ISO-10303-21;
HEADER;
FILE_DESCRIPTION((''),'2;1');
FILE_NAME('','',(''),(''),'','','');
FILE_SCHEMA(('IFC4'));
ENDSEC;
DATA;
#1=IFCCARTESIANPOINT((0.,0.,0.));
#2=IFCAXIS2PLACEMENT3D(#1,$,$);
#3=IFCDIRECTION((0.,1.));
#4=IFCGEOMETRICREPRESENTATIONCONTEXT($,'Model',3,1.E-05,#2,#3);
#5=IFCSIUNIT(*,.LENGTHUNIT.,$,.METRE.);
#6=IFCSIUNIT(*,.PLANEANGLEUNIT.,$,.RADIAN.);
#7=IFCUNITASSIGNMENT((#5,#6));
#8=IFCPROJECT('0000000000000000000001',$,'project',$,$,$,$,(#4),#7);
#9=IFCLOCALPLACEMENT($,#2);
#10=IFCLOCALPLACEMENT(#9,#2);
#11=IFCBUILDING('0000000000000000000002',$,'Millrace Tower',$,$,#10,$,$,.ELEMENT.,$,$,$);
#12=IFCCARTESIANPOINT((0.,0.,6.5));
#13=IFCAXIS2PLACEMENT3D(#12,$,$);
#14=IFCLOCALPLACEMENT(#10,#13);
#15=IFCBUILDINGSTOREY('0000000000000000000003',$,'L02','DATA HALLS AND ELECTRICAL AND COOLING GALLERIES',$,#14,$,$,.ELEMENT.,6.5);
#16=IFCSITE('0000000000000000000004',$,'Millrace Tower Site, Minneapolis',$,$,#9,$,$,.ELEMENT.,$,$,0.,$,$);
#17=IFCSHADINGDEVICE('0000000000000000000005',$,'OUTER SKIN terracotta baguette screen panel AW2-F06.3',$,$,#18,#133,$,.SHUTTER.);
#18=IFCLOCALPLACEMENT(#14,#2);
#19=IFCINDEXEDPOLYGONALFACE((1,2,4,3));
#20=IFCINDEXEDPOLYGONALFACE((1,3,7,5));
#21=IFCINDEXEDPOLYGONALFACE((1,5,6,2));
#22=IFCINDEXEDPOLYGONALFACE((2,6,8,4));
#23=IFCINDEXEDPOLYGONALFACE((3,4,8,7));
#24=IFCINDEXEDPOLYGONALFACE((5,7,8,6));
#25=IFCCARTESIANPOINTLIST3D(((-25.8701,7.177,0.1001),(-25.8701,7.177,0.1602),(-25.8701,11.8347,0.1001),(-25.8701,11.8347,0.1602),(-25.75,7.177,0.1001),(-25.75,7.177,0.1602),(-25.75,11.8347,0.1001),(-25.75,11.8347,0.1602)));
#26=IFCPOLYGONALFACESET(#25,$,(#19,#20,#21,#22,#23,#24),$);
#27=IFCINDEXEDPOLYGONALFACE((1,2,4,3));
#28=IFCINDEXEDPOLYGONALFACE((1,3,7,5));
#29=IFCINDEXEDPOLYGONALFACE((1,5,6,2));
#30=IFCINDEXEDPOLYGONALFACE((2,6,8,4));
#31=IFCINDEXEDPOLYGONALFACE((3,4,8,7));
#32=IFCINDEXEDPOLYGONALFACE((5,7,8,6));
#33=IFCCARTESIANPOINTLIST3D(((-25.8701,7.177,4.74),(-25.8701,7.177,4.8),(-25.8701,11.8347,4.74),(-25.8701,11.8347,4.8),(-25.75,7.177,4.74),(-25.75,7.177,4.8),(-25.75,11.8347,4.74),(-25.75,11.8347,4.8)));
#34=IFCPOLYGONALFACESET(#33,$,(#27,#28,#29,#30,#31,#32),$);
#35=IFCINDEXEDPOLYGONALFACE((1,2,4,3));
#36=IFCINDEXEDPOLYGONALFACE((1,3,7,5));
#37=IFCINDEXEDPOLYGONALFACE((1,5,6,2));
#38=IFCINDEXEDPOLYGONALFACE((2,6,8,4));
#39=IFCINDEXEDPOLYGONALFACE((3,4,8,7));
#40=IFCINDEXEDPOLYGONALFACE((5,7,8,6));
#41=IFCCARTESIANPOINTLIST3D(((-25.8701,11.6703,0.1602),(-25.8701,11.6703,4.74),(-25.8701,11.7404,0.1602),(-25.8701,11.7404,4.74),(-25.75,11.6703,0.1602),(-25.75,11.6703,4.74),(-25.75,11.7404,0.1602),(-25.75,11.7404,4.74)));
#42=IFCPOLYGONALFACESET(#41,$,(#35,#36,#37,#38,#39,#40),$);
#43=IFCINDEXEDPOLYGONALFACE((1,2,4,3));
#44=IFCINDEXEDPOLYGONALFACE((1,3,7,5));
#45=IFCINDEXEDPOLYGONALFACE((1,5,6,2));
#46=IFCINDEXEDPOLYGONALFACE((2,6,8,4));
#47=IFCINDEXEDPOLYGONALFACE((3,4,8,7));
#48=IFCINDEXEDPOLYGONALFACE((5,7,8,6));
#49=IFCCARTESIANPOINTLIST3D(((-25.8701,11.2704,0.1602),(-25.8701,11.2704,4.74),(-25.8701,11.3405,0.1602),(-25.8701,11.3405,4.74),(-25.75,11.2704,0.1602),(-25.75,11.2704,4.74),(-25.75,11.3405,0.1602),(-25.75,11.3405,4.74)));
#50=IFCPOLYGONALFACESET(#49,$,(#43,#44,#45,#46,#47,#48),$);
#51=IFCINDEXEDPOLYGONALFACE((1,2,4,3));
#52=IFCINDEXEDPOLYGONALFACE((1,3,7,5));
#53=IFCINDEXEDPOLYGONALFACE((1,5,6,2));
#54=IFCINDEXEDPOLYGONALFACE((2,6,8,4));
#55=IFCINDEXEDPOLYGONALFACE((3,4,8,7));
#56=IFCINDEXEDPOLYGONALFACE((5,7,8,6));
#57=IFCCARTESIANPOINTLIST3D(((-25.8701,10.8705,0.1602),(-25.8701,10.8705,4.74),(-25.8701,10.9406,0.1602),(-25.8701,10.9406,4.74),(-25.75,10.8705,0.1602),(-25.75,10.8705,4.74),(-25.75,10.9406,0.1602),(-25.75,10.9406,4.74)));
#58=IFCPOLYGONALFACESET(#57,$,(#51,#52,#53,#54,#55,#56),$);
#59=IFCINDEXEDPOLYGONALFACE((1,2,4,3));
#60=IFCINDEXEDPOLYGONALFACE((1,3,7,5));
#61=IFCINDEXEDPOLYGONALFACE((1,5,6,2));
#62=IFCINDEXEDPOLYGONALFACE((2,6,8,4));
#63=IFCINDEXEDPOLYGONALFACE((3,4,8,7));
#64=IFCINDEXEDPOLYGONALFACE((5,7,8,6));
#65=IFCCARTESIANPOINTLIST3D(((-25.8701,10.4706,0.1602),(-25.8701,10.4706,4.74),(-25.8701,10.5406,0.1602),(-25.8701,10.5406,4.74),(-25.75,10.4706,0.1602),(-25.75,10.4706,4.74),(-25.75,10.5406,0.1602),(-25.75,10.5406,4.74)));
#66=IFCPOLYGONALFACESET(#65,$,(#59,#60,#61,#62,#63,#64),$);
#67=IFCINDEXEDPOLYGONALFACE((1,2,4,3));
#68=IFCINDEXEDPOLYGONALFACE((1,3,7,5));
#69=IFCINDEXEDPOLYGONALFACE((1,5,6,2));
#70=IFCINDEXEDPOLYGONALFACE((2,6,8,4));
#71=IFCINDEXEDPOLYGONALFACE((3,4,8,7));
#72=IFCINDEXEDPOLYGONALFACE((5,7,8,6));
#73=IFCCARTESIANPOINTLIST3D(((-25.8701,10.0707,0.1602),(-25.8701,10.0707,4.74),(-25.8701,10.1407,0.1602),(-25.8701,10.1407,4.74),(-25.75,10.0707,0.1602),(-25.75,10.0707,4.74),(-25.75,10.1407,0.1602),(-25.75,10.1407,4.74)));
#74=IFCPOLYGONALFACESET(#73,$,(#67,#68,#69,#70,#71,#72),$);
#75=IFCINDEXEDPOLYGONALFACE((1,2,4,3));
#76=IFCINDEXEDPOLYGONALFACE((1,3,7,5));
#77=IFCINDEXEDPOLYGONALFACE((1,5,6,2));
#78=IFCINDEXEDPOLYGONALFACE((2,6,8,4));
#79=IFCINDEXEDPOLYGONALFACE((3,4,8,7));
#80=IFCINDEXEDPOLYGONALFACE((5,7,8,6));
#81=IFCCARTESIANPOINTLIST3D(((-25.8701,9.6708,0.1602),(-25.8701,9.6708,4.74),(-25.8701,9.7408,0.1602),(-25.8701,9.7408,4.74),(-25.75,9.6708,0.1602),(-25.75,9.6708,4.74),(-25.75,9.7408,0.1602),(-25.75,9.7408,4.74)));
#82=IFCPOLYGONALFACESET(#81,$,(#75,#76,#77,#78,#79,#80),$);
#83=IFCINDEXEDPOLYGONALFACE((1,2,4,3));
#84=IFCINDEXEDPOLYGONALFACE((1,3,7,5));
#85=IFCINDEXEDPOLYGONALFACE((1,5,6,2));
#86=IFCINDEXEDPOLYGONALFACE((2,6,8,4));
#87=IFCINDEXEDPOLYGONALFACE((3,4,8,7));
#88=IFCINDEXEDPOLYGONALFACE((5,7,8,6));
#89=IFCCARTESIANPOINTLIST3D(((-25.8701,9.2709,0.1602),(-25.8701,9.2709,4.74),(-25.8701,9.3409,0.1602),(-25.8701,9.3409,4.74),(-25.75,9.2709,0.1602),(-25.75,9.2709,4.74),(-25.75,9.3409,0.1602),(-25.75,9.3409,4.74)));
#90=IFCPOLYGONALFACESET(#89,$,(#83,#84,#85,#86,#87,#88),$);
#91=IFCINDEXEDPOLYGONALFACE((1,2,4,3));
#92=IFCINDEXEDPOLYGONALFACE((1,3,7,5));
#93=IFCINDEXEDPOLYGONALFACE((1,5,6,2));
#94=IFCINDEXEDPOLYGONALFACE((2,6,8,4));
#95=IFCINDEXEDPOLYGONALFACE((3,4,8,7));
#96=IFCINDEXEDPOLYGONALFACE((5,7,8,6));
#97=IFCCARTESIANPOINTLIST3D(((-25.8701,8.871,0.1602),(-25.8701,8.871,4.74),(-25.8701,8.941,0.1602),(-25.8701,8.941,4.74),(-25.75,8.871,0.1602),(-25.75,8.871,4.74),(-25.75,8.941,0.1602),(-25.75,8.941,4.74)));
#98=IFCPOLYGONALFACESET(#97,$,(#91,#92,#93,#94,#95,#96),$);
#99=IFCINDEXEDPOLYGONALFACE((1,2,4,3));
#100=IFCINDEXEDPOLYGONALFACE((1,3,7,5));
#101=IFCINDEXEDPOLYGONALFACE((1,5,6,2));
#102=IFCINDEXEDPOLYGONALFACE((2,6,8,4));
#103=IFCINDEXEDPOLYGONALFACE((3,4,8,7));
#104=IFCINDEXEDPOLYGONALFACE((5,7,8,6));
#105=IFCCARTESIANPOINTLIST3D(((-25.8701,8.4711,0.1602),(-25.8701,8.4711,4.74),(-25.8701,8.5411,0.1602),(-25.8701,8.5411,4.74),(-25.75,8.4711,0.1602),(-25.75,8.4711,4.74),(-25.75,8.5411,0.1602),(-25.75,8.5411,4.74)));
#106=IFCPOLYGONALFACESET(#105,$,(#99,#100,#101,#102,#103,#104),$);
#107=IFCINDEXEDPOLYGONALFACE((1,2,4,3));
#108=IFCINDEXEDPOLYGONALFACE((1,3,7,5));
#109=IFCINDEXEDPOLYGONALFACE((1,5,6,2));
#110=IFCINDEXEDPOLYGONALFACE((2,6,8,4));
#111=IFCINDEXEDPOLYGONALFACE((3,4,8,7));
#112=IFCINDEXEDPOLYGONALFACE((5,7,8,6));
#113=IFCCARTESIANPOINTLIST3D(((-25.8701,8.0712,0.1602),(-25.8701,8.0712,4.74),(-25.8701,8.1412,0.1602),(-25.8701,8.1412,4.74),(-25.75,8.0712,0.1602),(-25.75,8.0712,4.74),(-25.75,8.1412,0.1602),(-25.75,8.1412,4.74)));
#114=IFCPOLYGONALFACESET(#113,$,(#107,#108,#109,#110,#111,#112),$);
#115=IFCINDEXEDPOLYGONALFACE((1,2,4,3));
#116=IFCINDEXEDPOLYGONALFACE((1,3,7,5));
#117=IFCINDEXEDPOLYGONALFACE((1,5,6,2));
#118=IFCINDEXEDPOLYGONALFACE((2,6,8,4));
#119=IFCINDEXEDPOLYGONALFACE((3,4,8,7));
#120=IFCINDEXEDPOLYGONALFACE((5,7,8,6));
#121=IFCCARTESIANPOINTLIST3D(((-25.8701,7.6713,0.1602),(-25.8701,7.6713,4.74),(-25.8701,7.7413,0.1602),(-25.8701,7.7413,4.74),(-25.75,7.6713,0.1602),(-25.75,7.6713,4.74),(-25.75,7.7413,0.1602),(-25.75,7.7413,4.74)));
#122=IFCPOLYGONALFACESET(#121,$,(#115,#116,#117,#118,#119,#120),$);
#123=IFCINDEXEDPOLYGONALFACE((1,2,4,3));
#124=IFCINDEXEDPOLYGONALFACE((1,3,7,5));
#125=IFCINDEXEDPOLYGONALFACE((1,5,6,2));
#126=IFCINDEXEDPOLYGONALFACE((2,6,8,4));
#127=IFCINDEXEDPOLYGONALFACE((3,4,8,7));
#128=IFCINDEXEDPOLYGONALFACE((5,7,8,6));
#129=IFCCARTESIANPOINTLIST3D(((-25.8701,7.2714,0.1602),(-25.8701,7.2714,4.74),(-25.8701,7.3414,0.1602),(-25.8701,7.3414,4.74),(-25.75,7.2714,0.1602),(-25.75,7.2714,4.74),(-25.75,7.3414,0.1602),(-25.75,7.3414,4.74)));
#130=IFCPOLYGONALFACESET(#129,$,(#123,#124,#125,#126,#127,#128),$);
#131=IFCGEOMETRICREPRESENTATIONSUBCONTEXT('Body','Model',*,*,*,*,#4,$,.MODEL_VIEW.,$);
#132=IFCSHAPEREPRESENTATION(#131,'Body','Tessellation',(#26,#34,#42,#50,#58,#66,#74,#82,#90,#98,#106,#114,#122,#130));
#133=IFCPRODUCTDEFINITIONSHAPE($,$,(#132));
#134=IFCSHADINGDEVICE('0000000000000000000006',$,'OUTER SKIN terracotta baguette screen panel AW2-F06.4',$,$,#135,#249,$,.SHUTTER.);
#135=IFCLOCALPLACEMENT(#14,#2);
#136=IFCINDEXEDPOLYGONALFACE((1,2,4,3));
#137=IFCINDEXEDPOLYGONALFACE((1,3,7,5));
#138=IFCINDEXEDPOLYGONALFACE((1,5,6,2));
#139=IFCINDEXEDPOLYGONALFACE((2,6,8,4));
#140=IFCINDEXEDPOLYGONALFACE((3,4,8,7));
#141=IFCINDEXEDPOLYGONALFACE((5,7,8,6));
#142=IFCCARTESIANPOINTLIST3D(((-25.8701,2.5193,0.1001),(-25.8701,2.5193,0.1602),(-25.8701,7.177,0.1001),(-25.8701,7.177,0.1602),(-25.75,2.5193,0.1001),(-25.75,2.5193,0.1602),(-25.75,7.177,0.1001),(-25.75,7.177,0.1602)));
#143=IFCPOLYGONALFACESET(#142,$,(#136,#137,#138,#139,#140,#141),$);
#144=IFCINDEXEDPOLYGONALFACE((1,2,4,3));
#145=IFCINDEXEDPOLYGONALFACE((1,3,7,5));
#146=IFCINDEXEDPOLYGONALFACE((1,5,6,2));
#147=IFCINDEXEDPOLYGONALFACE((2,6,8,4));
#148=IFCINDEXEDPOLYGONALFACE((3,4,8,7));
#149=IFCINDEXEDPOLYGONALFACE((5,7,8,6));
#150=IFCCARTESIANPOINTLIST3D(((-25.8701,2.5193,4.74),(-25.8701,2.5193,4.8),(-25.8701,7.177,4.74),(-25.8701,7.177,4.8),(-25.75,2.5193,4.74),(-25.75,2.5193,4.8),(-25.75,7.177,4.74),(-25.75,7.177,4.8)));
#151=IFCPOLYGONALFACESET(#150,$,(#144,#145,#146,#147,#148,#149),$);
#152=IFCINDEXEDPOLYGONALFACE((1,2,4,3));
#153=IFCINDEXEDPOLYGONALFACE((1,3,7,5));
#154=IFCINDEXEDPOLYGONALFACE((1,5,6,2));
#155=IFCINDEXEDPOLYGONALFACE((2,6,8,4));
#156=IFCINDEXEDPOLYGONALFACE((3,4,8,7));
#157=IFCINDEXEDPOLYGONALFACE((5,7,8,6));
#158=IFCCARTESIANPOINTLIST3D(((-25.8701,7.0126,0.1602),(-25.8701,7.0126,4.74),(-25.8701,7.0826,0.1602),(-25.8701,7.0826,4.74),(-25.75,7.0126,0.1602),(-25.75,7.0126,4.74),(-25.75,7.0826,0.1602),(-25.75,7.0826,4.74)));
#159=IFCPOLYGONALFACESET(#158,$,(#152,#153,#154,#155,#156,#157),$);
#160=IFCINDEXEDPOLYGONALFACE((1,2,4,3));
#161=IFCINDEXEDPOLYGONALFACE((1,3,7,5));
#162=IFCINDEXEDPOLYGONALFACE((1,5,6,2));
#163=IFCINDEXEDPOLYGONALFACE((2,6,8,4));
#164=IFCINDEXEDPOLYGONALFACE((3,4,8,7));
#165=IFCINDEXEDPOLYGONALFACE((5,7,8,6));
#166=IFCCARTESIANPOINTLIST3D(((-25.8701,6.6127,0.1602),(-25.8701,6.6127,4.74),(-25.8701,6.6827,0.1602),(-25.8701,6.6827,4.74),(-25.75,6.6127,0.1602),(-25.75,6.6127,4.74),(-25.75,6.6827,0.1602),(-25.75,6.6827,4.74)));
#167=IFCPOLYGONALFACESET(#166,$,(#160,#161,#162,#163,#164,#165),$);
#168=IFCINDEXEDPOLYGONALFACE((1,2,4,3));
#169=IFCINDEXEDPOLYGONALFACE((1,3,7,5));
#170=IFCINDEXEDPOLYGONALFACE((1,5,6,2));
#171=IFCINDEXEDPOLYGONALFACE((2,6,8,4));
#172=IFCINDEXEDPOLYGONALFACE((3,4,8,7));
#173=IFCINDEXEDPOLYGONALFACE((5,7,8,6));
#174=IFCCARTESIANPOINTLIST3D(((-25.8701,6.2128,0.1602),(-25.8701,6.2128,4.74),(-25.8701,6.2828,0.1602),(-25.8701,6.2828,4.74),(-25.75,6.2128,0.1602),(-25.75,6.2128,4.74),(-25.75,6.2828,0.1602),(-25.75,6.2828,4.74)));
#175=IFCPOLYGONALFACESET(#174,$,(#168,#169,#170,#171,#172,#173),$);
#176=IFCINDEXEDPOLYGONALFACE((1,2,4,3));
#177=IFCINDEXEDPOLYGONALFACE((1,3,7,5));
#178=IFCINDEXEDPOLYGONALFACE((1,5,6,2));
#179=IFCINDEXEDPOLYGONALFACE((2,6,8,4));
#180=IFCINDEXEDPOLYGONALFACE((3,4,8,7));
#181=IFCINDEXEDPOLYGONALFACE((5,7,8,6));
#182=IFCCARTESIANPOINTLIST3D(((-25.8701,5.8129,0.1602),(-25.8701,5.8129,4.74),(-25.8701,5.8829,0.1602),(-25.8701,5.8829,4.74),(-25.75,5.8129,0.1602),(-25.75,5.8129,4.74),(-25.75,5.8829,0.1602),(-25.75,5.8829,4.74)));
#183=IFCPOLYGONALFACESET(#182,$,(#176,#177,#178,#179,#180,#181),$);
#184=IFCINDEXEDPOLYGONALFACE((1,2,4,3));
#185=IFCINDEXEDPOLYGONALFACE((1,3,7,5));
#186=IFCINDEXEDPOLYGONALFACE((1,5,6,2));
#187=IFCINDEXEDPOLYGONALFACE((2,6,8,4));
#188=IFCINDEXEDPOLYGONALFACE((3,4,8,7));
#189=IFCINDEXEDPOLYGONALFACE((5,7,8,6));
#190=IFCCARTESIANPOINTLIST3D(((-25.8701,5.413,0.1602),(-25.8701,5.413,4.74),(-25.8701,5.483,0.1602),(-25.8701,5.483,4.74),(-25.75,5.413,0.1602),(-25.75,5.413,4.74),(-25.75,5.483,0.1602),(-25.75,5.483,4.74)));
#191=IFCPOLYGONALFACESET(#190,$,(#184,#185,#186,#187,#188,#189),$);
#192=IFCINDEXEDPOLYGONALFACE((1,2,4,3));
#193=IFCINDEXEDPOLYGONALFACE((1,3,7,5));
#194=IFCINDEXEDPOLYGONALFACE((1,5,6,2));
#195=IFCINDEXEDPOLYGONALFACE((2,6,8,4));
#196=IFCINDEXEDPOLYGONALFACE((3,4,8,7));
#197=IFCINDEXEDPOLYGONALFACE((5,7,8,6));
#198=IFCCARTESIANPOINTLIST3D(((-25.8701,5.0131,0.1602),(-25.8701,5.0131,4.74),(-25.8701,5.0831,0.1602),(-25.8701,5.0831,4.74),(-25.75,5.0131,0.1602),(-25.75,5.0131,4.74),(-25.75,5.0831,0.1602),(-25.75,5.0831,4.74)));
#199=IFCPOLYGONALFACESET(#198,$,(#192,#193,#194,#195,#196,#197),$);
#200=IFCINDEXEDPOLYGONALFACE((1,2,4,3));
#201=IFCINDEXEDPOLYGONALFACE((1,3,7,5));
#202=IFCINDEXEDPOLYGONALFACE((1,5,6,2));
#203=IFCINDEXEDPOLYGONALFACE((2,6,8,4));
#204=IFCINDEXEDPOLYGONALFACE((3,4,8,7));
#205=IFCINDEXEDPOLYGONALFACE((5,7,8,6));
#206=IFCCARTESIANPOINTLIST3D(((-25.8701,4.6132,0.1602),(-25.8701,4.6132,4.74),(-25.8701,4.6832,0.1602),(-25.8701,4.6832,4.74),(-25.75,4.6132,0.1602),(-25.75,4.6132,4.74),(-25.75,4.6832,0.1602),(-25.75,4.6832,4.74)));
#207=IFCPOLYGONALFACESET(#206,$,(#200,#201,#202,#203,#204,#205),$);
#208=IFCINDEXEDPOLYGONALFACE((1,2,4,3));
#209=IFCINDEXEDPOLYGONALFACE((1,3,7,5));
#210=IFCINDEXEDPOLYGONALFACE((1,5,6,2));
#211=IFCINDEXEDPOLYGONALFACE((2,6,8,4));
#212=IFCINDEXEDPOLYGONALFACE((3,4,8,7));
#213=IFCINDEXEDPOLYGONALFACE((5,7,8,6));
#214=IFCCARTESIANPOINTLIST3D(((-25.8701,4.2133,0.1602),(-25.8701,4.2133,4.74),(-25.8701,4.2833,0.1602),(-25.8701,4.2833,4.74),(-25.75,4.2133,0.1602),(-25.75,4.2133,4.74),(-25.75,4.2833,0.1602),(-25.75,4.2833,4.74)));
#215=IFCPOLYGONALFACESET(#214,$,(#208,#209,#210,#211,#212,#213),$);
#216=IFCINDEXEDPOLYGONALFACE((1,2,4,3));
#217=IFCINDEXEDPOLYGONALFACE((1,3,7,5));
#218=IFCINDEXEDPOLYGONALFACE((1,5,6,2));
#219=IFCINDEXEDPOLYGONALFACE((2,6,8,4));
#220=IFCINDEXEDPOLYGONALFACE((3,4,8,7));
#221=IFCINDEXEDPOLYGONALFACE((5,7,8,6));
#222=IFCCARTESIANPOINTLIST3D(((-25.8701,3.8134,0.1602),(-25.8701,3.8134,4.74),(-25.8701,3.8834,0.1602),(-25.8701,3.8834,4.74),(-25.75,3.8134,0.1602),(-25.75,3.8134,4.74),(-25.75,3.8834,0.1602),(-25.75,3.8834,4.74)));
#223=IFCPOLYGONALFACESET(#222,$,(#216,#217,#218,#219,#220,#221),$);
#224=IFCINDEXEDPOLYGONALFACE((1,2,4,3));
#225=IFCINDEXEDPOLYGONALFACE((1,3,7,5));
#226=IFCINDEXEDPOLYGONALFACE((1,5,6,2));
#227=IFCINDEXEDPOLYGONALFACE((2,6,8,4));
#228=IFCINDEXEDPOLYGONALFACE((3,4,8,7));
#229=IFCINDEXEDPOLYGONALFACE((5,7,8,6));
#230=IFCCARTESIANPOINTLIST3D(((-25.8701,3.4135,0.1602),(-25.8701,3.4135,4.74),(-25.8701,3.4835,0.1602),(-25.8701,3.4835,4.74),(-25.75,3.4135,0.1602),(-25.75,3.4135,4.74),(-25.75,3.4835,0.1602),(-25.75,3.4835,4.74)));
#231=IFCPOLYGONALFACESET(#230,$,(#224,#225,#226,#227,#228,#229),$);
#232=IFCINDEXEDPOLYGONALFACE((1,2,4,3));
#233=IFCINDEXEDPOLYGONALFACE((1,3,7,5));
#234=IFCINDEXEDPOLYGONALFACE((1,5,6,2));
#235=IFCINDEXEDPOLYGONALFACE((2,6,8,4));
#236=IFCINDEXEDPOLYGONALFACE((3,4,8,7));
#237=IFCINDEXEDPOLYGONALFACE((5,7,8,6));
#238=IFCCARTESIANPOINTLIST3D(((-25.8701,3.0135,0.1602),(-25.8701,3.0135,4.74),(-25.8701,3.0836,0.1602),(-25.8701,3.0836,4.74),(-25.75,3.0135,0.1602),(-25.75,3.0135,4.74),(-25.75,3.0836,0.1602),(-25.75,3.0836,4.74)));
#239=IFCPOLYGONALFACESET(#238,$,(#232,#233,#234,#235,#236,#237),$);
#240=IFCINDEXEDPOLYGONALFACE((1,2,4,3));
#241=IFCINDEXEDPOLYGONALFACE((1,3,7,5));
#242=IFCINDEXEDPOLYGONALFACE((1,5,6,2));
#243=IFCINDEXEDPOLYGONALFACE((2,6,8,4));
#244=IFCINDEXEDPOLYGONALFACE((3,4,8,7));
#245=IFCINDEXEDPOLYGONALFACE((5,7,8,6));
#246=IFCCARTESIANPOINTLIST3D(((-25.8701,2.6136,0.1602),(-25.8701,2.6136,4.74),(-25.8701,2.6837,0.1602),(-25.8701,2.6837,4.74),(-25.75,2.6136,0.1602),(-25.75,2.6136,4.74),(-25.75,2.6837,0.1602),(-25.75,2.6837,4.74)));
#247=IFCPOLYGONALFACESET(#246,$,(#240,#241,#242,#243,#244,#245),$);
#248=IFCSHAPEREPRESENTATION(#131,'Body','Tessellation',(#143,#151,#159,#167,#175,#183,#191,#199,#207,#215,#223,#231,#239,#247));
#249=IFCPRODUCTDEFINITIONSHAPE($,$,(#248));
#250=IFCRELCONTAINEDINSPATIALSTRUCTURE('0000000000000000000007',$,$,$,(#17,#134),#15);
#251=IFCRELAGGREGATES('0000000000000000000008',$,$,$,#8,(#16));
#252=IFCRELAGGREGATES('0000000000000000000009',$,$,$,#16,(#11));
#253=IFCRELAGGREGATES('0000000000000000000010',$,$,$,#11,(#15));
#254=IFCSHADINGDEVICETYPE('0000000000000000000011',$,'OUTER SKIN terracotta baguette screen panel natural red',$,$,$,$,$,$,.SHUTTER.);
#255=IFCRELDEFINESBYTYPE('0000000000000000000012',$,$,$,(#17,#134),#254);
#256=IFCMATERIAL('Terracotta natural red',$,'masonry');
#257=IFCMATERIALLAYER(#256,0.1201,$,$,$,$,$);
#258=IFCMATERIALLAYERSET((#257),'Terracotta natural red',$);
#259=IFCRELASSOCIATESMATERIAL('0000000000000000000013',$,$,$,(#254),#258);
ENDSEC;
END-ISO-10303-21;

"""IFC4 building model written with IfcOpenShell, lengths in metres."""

from ifc_helpers import new_model, entity, si_unit, direction, frame, frame_2d, origin, place, context, subcontext, project, spatial, rectangle, extrude, source, transform, mapped, material, layer, layer_set, type_object, element, save


model = new_model("IFC4")

# Units and contexts
model_context = context("Model", 3, precision=1e-05, world=origin(), true_north=direction((0.0, 1.0)))
body_context = subcontext(model_context, "Body", "Model", "MODEL_VIEW")
ifc_project = project(units=[si_unit("LENGTHUNIT", "METRE"), si_unit("PLANEANGLEUNIT", "RADIAN")], contexts=[model_context])

# Site, building, storey
site_placement = place(None, origin())
site = spatial("IfcSite", under=ifc_project, at=site_placement, Name="Millrace Tower Site, Minneapolis", CompositionType="ELEMENT", RefElevation=0.0)
building_placement = place(site_placement, origin())
building = spatial("IfcBuilding", under=site, at=building_placement, Name="Millrace Tower", CompositionType="ELEMENT")
storey_placement = place(building_placement, frame((0.0, 0.0, 6.5)))
storey = spatial("IfcBuildingStorey", under=building, at=storey_placement, Name="L02", Description="DATA HALLS AND ELECTRICAL AND COOLING GALLERIES", CompositionType="ELEMENT", Elevation=6.5)

# Shading devices
cartesian_point = entity("IfcCartesianPoint", [-2.3289, 0.0601])
shared_polyline = entity("IfcPolyline", [cartesian_point, entity("IfcCartesianPoint", [2.3289, 0.0601]), entity("IfcCartesianPoint", [2.3289, -0.0601]), entity("IfcCartesianPoint", [-2.3289, -0.0601]), cartesian_point])
ifc_material_1 = material(Name="Terracotta natural red", Category="masonry")
ifc_layer_1 = layer(ifc_material_1, 0.1201)
ifc_layer_set_1 = layer_set([ifc_layer_1], Name="Terracotta natural red")
shading_device_type_1 = type_object("IfcShadingDeviceType", Name="OUTER SKIN terracotta baguette screen panel natural red", PredefinedType="SHUTTER", material=ifc_layer_set_1)
shared_shape_1 = source(origin(), body_context, "Body", "SweptSolid", [
    entity("IfcExtrudedAreaSolid", entity("IfcArbitraryClosedProfileDef", "AREA", None, shared_polyline), entity("IfcAxis2Placement3D", entity("IfcCartesianPoint", [0.0, 0.0, 0.0])), entity("IfcDirection", [0.0, 0.0, 1.0]), 0.0601),
    entity("IfcExtrudedAreaSolid", entity("IfcArbitraryClosedProfileDef", "AREA", None, shared_polyline), entity("IfcAxis2Placement3D", entity("IfcCartesianPoint", [0.0, 0.0, 4.6399])), entity("IfcDirection", [0.0, 0.0, 1.0]), 0.0601),
    extrude(rectangle(XDim=0.0701, YDim=0.1201, at=frame_2d((-2.1995, 0.0))), frame((0.0, 0.0, 0.0601)), (0.0, 0.0, 1.0), 4.5798),
    extrude(rectangle(XDim=0.0701, YDim=0.1201, at=frame_2d((-1.7996, 0.0))), frame((0.0, 0.0, 0.0601)), (0.0, 0.0, 1.0), 4.5798),
    extrude(rectangle(XDim=0.0701, YDim=0.1201, at=frame_2d((-1.3997, 0.0))), frame((0.0, 0.0, 0.0601)), (0.0, 0.0, 1.0), 4.5798),
    extrude(rectangle(XDim=0.0701, YDim=0.1201, at=frame_2d((-0.9998, 0.0))), frame((0.0, 0.0, 0.0601)), (0.0, 0.0, 1.0), 4.5798),
    extrude(rectangle(XDim=0.0701, YDim=0.1201, at=frame_2d((-0.5999, 0.0))), frame((0.0, 0.0, 0.0601)), (0.0, 0.0, 1.0), 4.5798),
    extrude(rectangle(XDim=0.0701, YDim=0.1201, at=frame_2d((-0.2, 0.0))), frame((0.0, 0.0, 0.0601)), (0.0, 0.0, 1.0), 4.5798),
    extrude(rectangle(XDim=0.0701, YDim=0.1201, at=frame_2d((0.2, 0.0))), frame((0.0, 0.0, 0.0601)), (0.0, 0.0, 1.0), 4.5798),
    extrude(rectangle(XDim=0.0701, YDim=0.1201, at=frame_2d((0.5999, 0.0))), frame((0.0, 0.0, 0.0601)), (0.0, 0.0, 1.0), 4.5798),
    extrude(rectangle(XDim=0.0701, YDim=0.1201, at=frame_2d((0.9998, 0.0))), frame((0.0, 0.0, 0.0601)), (0.0, 0.0, 1.0), 4.5798),
    extrude(rectangle(XDim=0.0701, YDim=0.1201, at=frame_2d((1.3997, 0.0))), frame((0.0, 0.0, 0.0601)), (0.0, 0.0, 1.0), 4.5798),
    extrude(rectangle(XDim=0.0701, YDim=0.1201, at=frame_2d((1.7996, 0.0))), frame((0.0, 0.0, 0.0601)), (0.0, 0.0, 1.0), 4.5798),
    extrude(rectangle(XDim=0.0701, YDim=0.1201, at=frame_2d((2.1995, 0.0))), frame((0.0, 0.0, 0.0601)), (0.0, 0.0, 1.0), 4.5798),
])
for number, where, z_axis, x_axis, name in (
    (1, (-25.8101, 9.5059, 0.1001), (0.0, 0.0, 1.0), (0.0, -1.0, 0.0), "OUTER SKIN terracotta baguette screen panel AW2-F06.3"),
    (2, (-25.8101, 4.8481, 0.1001), (0.0, 0.0, 1.0), (0.0, -1.0, 0.0), "OUTER SKIN terracotta baguette screen panel AW2-F06.4"),
):
    element("IfcShadingDevice", number, at=place(storey_placement, frame(where, z_axis=z_axis, x_axis=x_axis)), inside=storey, type_object=shading_device_type_1, Name=name, PredefinedType="SHUTTER", context=body_context, shape_type="MappedRepresentation", body=[
        mapped(shared_shape_1, transform((0.0, 0.0, 0.0), scale=1.0)),
    ])

save(model, "model.ifc")
